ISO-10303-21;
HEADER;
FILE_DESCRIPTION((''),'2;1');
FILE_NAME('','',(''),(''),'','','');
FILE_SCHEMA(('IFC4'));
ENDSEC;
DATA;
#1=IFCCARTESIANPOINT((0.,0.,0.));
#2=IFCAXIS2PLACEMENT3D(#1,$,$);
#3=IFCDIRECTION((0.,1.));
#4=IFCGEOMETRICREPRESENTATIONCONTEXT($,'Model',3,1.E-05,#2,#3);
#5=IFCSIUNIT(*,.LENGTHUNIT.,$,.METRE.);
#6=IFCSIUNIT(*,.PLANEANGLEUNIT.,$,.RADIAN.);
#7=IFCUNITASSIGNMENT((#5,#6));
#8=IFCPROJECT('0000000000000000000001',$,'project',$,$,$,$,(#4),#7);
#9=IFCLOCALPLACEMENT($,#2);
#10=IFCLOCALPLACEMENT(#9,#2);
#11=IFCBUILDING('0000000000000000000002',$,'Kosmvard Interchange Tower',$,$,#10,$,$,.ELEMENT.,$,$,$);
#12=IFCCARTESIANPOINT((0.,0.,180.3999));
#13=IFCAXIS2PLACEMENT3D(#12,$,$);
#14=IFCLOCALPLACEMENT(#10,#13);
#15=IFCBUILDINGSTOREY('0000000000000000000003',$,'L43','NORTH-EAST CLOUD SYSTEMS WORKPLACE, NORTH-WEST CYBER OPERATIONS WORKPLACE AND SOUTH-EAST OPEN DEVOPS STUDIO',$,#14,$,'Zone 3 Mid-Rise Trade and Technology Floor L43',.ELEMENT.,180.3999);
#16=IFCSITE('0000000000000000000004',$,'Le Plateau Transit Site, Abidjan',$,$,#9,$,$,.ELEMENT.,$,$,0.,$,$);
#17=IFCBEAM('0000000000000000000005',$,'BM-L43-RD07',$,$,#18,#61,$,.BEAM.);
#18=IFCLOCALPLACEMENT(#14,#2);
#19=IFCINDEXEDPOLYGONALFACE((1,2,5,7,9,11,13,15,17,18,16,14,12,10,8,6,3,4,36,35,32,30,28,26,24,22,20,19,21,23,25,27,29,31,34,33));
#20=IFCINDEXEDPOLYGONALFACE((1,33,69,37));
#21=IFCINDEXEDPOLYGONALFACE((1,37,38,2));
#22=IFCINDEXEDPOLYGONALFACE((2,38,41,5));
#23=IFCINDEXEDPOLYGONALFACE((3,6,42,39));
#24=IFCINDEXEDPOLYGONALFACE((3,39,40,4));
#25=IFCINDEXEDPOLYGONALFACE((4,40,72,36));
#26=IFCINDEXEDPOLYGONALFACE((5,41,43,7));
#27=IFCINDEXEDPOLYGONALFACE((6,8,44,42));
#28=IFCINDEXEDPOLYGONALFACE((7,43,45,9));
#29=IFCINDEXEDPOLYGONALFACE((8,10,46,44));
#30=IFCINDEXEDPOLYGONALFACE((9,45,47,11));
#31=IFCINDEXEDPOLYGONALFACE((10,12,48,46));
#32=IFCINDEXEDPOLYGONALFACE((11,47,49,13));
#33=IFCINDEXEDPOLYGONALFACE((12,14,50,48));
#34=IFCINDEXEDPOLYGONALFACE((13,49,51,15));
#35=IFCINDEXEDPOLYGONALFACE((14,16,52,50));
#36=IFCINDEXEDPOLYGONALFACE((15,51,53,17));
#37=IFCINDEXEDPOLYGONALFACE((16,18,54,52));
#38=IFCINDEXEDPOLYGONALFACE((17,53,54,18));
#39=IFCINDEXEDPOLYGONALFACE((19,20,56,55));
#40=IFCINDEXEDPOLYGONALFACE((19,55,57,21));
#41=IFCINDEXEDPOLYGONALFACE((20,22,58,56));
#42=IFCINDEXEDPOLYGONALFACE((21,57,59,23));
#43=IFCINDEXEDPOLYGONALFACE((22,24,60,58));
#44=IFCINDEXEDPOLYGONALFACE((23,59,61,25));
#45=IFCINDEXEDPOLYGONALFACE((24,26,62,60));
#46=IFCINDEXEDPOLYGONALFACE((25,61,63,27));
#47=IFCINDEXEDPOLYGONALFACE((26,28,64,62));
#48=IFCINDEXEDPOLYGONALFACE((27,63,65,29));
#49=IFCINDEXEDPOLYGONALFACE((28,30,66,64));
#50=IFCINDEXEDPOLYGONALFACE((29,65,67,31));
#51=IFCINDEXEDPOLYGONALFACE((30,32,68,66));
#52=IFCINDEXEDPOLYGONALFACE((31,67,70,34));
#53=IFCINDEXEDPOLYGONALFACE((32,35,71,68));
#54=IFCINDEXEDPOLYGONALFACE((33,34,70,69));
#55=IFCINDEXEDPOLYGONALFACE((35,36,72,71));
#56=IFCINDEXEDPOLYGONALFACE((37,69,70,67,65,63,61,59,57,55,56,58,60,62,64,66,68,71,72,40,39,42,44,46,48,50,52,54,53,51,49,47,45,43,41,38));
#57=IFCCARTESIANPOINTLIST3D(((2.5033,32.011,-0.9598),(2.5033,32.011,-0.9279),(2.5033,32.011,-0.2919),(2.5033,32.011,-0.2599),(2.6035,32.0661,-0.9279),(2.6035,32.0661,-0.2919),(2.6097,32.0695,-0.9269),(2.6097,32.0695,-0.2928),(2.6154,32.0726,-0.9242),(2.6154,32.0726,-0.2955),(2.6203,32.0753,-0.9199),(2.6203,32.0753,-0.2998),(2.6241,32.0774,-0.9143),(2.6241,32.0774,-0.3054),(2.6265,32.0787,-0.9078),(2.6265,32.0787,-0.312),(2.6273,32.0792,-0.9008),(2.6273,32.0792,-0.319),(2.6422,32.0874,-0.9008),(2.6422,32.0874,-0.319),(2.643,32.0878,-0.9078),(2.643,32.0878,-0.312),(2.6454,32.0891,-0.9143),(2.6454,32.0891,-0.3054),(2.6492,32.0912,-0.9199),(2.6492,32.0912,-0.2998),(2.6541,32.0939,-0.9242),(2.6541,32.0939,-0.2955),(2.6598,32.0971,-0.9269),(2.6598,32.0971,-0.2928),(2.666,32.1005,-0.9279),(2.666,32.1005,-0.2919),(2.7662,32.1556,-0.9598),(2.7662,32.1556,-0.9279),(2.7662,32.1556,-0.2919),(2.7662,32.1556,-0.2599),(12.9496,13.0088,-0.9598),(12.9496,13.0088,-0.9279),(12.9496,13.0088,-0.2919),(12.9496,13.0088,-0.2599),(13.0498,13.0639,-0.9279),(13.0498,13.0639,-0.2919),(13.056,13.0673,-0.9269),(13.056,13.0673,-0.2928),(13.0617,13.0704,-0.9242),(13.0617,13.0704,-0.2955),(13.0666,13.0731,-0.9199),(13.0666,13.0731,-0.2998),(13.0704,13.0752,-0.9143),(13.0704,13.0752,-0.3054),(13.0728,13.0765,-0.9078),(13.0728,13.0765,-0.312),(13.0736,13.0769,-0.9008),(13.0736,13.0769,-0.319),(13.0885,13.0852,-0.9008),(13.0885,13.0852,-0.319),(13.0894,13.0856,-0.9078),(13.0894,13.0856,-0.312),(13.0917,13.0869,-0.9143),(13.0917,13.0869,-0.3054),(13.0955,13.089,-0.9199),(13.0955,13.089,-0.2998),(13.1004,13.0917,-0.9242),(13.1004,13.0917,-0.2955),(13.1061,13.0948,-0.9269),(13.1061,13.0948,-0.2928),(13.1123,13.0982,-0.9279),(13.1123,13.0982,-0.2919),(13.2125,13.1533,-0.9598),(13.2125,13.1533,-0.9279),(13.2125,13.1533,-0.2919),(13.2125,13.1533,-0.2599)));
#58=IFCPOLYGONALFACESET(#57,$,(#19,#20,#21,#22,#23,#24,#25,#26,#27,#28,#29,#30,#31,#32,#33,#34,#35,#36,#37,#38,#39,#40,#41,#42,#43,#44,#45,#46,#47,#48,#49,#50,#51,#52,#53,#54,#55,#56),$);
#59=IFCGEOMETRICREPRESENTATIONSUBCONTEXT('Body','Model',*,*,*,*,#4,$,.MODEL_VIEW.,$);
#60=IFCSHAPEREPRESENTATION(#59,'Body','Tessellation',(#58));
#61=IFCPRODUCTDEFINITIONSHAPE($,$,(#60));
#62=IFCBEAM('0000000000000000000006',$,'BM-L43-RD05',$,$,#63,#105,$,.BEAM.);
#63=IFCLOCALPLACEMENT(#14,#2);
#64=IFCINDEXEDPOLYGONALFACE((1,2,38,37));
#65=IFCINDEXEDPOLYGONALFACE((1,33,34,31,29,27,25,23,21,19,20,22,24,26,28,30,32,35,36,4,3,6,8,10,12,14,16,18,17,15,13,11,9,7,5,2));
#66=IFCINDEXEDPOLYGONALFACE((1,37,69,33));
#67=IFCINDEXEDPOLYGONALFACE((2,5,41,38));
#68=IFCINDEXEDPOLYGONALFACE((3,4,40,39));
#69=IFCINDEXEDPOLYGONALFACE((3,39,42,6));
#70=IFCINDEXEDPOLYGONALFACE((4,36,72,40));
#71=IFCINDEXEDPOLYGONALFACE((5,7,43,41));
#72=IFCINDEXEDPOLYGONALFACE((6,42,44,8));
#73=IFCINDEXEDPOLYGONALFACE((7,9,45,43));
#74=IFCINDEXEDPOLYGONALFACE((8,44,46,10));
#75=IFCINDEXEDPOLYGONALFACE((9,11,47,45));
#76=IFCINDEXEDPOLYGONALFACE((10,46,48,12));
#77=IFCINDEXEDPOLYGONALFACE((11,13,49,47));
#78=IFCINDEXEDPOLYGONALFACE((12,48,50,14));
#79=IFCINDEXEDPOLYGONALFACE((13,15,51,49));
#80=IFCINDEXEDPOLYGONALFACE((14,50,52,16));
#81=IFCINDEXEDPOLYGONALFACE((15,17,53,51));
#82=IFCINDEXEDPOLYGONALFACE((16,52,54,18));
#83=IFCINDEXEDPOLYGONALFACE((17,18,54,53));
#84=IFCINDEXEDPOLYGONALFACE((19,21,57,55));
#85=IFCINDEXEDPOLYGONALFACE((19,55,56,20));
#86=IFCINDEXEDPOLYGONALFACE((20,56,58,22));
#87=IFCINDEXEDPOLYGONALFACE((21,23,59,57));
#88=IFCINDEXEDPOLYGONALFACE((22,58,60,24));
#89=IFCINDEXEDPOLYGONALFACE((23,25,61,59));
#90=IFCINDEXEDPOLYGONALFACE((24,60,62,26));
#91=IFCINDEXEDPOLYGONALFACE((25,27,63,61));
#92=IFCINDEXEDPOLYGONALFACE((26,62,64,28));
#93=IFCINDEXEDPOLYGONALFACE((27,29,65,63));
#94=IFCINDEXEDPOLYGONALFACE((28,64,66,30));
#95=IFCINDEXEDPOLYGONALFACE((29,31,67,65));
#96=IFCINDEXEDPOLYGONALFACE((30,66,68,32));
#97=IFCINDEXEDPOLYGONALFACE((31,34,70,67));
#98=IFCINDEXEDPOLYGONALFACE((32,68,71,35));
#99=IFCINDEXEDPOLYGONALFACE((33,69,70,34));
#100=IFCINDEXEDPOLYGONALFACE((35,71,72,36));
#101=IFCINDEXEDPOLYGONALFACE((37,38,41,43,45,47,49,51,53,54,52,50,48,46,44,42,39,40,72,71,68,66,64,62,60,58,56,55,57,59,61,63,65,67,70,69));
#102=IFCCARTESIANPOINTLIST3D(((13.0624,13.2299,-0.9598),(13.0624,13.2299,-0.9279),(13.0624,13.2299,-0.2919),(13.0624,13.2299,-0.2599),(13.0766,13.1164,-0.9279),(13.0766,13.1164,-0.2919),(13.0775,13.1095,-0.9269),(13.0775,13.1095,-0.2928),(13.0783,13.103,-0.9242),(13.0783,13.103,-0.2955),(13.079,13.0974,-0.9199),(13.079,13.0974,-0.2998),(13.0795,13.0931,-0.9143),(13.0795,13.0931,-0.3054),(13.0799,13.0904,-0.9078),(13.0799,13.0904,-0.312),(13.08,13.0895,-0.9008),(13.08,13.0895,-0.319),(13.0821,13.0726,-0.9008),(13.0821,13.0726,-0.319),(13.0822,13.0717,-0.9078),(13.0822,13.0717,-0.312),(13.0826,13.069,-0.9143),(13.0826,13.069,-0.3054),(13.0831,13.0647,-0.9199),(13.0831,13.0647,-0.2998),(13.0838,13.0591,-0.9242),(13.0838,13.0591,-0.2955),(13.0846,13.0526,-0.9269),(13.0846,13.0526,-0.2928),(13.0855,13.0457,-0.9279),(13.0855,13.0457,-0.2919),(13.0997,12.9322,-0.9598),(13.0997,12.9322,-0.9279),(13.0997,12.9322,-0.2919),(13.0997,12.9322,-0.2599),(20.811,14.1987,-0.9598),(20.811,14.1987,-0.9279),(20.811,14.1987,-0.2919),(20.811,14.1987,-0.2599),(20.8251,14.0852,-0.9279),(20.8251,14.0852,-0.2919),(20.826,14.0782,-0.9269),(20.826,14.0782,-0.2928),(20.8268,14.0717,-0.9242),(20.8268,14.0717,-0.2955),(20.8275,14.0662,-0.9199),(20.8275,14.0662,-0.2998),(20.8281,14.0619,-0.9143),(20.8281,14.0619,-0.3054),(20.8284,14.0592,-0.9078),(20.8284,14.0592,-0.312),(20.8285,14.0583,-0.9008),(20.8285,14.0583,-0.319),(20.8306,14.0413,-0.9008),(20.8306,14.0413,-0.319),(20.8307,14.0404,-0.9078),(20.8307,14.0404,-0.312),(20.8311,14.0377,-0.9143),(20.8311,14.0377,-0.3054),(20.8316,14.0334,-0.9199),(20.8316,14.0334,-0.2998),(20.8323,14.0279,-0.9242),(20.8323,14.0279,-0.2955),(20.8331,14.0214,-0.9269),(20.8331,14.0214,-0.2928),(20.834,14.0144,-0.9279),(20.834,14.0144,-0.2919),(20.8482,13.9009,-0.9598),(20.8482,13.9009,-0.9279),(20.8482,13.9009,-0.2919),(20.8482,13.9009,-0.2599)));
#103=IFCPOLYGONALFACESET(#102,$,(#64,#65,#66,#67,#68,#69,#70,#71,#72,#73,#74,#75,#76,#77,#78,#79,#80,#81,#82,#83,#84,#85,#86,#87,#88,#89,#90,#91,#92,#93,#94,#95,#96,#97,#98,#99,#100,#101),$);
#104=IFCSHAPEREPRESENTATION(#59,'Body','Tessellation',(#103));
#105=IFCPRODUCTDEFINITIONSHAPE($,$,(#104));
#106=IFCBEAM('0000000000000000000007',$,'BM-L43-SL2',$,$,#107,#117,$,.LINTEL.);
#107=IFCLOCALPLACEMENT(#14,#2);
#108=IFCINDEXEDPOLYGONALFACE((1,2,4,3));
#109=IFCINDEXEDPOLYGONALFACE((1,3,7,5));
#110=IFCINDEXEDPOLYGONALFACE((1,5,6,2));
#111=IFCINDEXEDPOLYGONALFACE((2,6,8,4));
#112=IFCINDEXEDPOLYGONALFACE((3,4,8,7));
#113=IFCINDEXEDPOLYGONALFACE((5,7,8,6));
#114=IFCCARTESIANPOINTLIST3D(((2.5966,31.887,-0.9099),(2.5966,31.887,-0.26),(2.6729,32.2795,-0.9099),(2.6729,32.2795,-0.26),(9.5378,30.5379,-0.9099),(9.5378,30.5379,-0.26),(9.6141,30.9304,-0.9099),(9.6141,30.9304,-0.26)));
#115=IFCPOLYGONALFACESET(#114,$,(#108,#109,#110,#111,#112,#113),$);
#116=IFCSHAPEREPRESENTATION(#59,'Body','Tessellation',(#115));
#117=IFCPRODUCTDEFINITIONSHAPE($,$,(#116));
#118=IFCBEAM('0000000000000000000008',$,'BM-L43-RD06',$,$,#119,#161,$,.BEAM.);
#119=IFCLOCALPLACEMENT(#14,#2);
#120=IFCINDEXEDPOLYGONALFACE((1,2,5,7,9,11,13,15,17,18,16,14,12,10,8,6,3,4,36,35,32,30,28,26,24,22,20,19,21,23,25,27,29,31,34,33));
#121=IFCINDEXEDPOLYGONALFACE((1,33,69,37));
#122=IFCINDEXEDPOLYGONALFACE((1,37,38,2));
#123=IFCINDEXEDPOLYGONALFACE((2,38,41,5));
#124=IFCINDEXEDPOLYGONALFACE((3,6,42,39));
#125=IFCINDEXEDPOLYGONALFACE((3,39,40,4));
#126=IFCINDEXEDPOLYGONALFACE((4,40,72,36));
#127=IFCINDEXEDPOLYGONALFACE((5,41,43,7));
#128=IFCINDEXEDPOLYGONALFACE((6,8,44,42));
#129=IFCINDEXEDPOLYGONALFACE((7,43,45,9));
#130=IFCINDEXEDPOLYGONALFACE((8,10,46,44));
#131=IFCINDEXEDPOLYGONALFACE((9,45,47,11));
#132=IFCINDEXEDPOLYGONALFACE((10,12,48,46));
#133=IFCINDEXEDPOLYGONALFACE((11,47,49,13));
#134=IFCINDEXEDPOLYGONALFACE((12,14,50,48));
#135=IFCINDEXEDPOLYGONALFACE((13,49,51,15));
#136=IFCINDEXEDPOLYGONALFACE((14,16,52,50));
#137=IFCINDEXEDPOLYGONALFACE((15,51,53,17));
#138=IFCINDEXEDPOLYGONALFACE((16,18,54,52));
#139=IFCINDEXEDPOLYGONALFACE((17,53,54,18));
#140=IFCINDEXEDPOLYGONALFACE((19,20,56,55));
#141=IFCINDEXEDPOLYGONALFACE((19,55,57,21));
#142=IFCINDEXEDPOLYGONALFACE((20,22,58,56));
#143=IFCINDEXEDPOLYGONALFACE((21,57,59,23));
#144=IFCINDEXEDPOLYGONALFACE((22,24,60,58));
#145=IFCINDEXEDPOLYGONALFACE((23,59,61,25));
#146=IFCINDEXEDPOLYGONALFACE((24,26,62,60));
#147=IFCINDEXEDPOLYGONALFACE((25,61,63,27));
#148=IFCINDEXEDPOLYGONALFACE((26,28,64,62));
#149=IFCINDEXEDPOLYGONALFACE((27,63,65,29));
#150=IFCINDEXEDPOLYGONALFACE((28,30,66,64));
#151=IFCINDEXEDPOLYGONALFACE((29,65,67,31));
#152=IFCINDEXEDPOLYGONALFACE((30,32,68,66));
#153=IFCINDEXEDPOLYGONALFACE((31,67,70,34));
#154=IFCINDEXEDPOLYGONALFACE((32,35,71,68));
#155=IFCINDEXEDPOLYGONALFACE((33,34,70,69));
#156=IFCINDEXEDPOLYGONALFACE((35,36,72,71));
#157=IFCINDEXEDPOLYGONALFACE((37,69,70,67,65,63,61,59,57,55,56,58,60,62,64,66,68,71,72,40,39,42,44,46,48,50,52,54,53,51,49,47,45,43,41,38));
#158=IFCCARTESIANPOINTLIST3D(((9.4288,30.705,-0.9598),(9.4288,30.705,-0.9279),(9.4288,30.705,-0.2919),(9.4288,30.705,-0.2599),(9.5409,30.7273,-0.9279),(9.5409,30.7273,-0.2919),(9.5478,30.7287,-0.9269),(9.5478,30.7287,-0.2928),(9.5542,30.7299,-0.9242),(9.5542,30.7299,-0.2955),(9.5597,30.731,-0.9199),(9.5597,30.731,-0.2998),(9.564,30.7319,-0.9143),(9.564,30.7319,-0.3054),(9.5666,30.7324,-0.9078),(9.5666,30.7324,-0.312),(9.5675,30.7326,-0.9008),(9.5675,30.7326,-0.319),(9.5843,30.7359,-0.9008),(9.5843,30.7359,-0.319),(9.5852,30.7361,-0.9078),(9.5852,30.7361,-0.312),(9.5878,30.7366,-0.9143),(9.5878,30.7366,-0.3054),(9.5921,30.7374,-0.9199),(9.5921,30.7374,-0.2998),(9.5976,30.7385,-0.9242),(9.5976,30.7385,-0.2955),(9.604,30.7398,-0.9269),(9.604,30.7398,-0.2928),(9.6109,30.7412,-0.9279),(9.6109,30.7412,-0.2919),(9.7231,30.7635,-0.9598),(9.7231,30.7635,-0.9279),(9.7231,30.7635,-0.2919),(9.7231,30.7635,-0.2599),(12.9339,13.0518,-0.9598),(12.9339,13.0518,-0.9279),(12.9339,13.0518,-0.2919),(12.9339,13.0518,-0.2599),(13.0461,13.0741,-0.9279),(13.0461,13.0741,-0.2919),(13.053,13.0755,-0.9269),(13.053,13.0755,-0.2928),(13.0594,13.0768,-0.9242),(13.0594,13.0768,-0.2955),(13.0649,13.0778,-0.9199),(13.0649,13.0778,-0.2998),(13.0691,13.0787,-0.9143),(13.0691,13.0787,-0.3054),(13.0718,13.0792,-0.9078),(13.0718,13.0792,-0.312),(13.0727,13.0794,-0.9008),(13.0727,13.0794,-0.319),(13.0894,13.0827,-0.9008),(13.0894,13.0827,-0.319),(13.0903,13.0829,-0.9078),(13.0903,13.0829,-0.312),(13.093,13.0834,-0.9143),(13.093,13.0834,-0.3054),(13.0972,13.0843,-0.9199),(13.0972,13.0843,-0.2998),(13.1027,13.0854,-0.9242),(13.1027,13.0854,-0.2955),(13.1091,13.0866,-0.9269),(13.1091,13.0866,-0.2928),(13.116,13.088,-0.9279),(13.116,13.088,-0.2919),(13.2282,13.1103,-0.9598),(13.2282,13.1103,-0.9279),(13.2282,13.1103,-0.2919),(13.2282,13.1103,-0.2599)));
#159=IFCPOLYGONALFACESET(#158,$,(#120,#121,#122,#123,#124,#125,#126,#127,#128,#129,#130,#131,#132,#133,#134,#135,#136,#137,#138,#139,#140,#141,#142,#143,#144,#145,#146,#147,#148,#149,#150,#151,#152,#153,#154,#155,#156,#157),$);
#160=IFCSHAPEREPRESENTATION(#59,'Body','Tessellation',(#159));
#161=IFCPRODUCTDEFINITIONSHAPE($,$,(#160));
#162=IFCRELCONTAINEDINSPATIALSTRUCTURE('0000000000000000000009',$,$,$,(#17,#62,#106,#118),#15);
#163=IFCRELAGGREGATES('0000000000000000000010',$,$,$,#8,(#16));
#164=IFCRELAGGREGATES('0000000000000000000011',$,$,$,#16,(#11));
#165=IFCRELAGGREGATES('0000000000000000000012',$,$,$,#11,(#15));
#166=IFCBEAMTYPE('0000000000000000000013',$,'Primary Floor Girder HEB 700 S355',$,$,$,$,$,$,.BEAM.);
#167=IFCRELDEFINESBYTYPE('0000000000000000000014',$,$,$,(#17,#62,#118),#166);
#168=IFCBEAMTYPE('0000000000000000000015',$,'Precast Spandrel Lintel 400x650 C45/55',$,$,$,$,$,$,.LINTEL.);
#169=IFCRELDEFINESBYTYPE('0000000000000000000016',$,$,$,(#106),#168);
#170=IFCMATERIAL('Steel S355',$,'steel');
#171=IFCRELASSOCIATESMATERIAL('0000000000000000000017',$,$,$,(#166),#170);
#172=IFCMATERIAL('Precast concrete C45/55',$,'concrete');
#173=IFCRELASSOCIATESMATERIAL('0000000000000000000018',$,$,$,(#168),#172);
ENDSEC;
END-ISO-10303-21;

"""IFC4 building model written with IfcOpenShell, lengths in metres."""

from ifc_helpers import new_model, si_unit, direction, frame, origin, origin_2d, place, context, subcontext, project, spatial, rectangle, i_section, extrude, source, transform, mapped, material, material_profile, profile_set, type_object, element, save


model = new_model("IFC4")

# Units and contexts
model_context = context("Model", 3, precision=1e-05, world=origin(), true_north=direction((0.0, 1.0)))
body_context = subcontext(model_context, "Body", "Model", "MODEL_VIEW")
ifc_project = project(units=[si_unit("LENGTHUNIT", "METRE"), si_unit("PLANEANGLEUNIT", "RADIAN")], contexts=[model_context])

# Site, building, storey
site_placement = place(None, origin())
site = spatial("IfcSite", under=ifc_project, at=site_placement, Name="Le Plateau Transit Site, Abidjan", CompositionType="ELEMENT", RefElevation=0.0)
building_placement = place(site_placement, origin())
building = spatial("IfcBuilding", under=site, at=building_placement, Name="Kosmvard Interchange Tower", CompositionType="ELEMENT")
storey_placement = place(building_placement, frame((0.0, 0.0, 180.3999)))
storey = spatial("IfcBuildingStorey", under=building, at=storey_placement, Name="L43", Description="NORTH-EAST CLOUD SYSTEMS WORKPLACE, NORTH-WEST CYBER OPERATIONS WORKPLACE AND SOUTH-EAST OPEN DEVOPS STUDIO", LongName="Zone 3 Mid-Rise Trade and Technology Floor L43", CompositionType="ELEMENT", Elevation=180.3999)

# Beams
ifc_material_1 = material(Name="Steel S355", Category="steel")
ifc_material_profile_1 = material_profile(ifc_material_1, i_section(OverallWidth=0.3, OverallDepth=0.7, WebThickness=0.0171, FlangeThickness=0.032, FilletRadius=0.0271, at=origin_2d()), Name="HEB 700")
ifc_profile_set_1 = profile_set([ifc_material_profile_1], Name="Steel S355")
beam_type_1 = type_object("IfcBeamType", Name="Primary Floor Girder HEB 700 S355", PredefinedType="BEAM", material=ifc_profile_set_1)
shared_shape_1 = source(origin(), body_context, "Body", "SweptSolid", [
    extrude(i_section(OverallWidth=0.3, OverallDepth=0.7, WebThickness=0.0171, FlangeThickness=0.032, FilletRadius=0.0271, at=origin_2d()), origin(), (0.0, 0.0, 1.0), 21.6843),
])
beam_1_placement = place(storey_placement, frame((13.0811, 13.0811, -0.6099), z_axis=(-0.481745, 0.876312, 0.0), x_axis=(-0.876312, -0.481745, 0.0)))
element("IfcBeam", 1, at=beam_1_placement, inside=storey, type_object=beam_type_1, Name="BM-L43-RD07", PredefinedType="BEAM", context=body_context, shape_type="MappedRepresentation", body=[
    mapped(shared_shape_1, transform((0.0, 0.0, 0.0), scale=1.0)),
])
shared_shape_2 = source(origin(), body_context, "Body", "SweptSolid", [
    extrude(i_section(OverallWidth=0.3, OverallDepth=0.7, WebThickness=0.0171, FlangeThickness=0.032, FilletRadius=0.0271, at=origin_2d()), origin(), (0.0, 0.0, 1.0), 7.8088),
])
beam_2_placement = place(storey_placement, frame((13.0811, 13.0811, -0.6099), z_axis=(0.992275, 0.124058, 0.0), x_axis=(-0.124058, 0.992275, 0.0)))
element("IfcBeam", 2, at=beam_2_placement, inside=storey, type_object=beam_type_1, Name="BM-L43-RD05", PredefinedType="BEAM", context=body_context, shape_type="MappedRepresentation", body=[
    mapped(shared_shape_2, transform((0.0, 0.0, 0.0), scale=1.0)),
])
ifc_material_2 = material(Name="Precast concrete C45/55", Category="concrete")
ifc_material_profile_2 = material_profile(ifc_material_2, rectangle(XDim=0.3999, YDim=0.6499, at=origin_2d()), Name="SL 400x650")
ifc_profile_set_2 = profile_set([ifc_material_profile_2], Name="Precast concrete C45/55")
beam_type_2 = type_object("IfcBeamType", Name="Precast Spandrel Lintel 400x650 C45/55", PredefinedType="LINTEL", material=ifc_profile_set_2)
shared_shape_3 = source(origin(), body_context, "Body", "SweptSolid", [
    extrude(rectangle(XDim=0.3999, YDim=0.6499, at=origin_2d()), origin(), (0.0, 0.0, 1.0), 7.071),
])
beam_3_placement = place(storey_placement, frame((9.5759, 30.7341, -0.585), z_axis=(-0.98163, 0.190795, 0.0), x_axis=(-0.190795, -0.98163, 0.0)))
element("IfcBeam", 3, at=beam_3_placement, inside=storey, type_object=beam_type_2, Name="BM-L43-SL2", PredefinedType="LINTEL", context=body_context, shape_type="MappedRepresentation", body=[
    mapped(shared_shape_3, transform((0.0, 0.0, 0.0), scale=1.0)),
])
shared_shape_4 = source(origin(), body_context, "Body", "SweptSolid", [
    extrude(i_section(OverallWidth=0.3, OverallDepth=0.7, WebThickness=0.0171, FlangeThickness=0.032, FilletRadius=0.0271, at=origin_2d()), origin(), (0.0, 0.0, 1.0), 17.9978),
])
beam_4_placement = place(storey_placement, frame((13.0811, 13.0811, -0.6099), z_axis=(-0.194754, 0.980852, 0.0), x_axis=(-0.980852, -0.194754, 0.0)))
element("IfcBeam", 4, at=beam_4_placement, inside=storey, type_object=beam_type_1, Name="BM-L43-RD06", PredefinedType="BEAM", context=body_context, shape_type="MappedRepresentation", body=[
    mapped(shared_shape_4, transform((0.0, 0.0, 0.0), scale=1.0)),
])

save(model, "model.ifc")
